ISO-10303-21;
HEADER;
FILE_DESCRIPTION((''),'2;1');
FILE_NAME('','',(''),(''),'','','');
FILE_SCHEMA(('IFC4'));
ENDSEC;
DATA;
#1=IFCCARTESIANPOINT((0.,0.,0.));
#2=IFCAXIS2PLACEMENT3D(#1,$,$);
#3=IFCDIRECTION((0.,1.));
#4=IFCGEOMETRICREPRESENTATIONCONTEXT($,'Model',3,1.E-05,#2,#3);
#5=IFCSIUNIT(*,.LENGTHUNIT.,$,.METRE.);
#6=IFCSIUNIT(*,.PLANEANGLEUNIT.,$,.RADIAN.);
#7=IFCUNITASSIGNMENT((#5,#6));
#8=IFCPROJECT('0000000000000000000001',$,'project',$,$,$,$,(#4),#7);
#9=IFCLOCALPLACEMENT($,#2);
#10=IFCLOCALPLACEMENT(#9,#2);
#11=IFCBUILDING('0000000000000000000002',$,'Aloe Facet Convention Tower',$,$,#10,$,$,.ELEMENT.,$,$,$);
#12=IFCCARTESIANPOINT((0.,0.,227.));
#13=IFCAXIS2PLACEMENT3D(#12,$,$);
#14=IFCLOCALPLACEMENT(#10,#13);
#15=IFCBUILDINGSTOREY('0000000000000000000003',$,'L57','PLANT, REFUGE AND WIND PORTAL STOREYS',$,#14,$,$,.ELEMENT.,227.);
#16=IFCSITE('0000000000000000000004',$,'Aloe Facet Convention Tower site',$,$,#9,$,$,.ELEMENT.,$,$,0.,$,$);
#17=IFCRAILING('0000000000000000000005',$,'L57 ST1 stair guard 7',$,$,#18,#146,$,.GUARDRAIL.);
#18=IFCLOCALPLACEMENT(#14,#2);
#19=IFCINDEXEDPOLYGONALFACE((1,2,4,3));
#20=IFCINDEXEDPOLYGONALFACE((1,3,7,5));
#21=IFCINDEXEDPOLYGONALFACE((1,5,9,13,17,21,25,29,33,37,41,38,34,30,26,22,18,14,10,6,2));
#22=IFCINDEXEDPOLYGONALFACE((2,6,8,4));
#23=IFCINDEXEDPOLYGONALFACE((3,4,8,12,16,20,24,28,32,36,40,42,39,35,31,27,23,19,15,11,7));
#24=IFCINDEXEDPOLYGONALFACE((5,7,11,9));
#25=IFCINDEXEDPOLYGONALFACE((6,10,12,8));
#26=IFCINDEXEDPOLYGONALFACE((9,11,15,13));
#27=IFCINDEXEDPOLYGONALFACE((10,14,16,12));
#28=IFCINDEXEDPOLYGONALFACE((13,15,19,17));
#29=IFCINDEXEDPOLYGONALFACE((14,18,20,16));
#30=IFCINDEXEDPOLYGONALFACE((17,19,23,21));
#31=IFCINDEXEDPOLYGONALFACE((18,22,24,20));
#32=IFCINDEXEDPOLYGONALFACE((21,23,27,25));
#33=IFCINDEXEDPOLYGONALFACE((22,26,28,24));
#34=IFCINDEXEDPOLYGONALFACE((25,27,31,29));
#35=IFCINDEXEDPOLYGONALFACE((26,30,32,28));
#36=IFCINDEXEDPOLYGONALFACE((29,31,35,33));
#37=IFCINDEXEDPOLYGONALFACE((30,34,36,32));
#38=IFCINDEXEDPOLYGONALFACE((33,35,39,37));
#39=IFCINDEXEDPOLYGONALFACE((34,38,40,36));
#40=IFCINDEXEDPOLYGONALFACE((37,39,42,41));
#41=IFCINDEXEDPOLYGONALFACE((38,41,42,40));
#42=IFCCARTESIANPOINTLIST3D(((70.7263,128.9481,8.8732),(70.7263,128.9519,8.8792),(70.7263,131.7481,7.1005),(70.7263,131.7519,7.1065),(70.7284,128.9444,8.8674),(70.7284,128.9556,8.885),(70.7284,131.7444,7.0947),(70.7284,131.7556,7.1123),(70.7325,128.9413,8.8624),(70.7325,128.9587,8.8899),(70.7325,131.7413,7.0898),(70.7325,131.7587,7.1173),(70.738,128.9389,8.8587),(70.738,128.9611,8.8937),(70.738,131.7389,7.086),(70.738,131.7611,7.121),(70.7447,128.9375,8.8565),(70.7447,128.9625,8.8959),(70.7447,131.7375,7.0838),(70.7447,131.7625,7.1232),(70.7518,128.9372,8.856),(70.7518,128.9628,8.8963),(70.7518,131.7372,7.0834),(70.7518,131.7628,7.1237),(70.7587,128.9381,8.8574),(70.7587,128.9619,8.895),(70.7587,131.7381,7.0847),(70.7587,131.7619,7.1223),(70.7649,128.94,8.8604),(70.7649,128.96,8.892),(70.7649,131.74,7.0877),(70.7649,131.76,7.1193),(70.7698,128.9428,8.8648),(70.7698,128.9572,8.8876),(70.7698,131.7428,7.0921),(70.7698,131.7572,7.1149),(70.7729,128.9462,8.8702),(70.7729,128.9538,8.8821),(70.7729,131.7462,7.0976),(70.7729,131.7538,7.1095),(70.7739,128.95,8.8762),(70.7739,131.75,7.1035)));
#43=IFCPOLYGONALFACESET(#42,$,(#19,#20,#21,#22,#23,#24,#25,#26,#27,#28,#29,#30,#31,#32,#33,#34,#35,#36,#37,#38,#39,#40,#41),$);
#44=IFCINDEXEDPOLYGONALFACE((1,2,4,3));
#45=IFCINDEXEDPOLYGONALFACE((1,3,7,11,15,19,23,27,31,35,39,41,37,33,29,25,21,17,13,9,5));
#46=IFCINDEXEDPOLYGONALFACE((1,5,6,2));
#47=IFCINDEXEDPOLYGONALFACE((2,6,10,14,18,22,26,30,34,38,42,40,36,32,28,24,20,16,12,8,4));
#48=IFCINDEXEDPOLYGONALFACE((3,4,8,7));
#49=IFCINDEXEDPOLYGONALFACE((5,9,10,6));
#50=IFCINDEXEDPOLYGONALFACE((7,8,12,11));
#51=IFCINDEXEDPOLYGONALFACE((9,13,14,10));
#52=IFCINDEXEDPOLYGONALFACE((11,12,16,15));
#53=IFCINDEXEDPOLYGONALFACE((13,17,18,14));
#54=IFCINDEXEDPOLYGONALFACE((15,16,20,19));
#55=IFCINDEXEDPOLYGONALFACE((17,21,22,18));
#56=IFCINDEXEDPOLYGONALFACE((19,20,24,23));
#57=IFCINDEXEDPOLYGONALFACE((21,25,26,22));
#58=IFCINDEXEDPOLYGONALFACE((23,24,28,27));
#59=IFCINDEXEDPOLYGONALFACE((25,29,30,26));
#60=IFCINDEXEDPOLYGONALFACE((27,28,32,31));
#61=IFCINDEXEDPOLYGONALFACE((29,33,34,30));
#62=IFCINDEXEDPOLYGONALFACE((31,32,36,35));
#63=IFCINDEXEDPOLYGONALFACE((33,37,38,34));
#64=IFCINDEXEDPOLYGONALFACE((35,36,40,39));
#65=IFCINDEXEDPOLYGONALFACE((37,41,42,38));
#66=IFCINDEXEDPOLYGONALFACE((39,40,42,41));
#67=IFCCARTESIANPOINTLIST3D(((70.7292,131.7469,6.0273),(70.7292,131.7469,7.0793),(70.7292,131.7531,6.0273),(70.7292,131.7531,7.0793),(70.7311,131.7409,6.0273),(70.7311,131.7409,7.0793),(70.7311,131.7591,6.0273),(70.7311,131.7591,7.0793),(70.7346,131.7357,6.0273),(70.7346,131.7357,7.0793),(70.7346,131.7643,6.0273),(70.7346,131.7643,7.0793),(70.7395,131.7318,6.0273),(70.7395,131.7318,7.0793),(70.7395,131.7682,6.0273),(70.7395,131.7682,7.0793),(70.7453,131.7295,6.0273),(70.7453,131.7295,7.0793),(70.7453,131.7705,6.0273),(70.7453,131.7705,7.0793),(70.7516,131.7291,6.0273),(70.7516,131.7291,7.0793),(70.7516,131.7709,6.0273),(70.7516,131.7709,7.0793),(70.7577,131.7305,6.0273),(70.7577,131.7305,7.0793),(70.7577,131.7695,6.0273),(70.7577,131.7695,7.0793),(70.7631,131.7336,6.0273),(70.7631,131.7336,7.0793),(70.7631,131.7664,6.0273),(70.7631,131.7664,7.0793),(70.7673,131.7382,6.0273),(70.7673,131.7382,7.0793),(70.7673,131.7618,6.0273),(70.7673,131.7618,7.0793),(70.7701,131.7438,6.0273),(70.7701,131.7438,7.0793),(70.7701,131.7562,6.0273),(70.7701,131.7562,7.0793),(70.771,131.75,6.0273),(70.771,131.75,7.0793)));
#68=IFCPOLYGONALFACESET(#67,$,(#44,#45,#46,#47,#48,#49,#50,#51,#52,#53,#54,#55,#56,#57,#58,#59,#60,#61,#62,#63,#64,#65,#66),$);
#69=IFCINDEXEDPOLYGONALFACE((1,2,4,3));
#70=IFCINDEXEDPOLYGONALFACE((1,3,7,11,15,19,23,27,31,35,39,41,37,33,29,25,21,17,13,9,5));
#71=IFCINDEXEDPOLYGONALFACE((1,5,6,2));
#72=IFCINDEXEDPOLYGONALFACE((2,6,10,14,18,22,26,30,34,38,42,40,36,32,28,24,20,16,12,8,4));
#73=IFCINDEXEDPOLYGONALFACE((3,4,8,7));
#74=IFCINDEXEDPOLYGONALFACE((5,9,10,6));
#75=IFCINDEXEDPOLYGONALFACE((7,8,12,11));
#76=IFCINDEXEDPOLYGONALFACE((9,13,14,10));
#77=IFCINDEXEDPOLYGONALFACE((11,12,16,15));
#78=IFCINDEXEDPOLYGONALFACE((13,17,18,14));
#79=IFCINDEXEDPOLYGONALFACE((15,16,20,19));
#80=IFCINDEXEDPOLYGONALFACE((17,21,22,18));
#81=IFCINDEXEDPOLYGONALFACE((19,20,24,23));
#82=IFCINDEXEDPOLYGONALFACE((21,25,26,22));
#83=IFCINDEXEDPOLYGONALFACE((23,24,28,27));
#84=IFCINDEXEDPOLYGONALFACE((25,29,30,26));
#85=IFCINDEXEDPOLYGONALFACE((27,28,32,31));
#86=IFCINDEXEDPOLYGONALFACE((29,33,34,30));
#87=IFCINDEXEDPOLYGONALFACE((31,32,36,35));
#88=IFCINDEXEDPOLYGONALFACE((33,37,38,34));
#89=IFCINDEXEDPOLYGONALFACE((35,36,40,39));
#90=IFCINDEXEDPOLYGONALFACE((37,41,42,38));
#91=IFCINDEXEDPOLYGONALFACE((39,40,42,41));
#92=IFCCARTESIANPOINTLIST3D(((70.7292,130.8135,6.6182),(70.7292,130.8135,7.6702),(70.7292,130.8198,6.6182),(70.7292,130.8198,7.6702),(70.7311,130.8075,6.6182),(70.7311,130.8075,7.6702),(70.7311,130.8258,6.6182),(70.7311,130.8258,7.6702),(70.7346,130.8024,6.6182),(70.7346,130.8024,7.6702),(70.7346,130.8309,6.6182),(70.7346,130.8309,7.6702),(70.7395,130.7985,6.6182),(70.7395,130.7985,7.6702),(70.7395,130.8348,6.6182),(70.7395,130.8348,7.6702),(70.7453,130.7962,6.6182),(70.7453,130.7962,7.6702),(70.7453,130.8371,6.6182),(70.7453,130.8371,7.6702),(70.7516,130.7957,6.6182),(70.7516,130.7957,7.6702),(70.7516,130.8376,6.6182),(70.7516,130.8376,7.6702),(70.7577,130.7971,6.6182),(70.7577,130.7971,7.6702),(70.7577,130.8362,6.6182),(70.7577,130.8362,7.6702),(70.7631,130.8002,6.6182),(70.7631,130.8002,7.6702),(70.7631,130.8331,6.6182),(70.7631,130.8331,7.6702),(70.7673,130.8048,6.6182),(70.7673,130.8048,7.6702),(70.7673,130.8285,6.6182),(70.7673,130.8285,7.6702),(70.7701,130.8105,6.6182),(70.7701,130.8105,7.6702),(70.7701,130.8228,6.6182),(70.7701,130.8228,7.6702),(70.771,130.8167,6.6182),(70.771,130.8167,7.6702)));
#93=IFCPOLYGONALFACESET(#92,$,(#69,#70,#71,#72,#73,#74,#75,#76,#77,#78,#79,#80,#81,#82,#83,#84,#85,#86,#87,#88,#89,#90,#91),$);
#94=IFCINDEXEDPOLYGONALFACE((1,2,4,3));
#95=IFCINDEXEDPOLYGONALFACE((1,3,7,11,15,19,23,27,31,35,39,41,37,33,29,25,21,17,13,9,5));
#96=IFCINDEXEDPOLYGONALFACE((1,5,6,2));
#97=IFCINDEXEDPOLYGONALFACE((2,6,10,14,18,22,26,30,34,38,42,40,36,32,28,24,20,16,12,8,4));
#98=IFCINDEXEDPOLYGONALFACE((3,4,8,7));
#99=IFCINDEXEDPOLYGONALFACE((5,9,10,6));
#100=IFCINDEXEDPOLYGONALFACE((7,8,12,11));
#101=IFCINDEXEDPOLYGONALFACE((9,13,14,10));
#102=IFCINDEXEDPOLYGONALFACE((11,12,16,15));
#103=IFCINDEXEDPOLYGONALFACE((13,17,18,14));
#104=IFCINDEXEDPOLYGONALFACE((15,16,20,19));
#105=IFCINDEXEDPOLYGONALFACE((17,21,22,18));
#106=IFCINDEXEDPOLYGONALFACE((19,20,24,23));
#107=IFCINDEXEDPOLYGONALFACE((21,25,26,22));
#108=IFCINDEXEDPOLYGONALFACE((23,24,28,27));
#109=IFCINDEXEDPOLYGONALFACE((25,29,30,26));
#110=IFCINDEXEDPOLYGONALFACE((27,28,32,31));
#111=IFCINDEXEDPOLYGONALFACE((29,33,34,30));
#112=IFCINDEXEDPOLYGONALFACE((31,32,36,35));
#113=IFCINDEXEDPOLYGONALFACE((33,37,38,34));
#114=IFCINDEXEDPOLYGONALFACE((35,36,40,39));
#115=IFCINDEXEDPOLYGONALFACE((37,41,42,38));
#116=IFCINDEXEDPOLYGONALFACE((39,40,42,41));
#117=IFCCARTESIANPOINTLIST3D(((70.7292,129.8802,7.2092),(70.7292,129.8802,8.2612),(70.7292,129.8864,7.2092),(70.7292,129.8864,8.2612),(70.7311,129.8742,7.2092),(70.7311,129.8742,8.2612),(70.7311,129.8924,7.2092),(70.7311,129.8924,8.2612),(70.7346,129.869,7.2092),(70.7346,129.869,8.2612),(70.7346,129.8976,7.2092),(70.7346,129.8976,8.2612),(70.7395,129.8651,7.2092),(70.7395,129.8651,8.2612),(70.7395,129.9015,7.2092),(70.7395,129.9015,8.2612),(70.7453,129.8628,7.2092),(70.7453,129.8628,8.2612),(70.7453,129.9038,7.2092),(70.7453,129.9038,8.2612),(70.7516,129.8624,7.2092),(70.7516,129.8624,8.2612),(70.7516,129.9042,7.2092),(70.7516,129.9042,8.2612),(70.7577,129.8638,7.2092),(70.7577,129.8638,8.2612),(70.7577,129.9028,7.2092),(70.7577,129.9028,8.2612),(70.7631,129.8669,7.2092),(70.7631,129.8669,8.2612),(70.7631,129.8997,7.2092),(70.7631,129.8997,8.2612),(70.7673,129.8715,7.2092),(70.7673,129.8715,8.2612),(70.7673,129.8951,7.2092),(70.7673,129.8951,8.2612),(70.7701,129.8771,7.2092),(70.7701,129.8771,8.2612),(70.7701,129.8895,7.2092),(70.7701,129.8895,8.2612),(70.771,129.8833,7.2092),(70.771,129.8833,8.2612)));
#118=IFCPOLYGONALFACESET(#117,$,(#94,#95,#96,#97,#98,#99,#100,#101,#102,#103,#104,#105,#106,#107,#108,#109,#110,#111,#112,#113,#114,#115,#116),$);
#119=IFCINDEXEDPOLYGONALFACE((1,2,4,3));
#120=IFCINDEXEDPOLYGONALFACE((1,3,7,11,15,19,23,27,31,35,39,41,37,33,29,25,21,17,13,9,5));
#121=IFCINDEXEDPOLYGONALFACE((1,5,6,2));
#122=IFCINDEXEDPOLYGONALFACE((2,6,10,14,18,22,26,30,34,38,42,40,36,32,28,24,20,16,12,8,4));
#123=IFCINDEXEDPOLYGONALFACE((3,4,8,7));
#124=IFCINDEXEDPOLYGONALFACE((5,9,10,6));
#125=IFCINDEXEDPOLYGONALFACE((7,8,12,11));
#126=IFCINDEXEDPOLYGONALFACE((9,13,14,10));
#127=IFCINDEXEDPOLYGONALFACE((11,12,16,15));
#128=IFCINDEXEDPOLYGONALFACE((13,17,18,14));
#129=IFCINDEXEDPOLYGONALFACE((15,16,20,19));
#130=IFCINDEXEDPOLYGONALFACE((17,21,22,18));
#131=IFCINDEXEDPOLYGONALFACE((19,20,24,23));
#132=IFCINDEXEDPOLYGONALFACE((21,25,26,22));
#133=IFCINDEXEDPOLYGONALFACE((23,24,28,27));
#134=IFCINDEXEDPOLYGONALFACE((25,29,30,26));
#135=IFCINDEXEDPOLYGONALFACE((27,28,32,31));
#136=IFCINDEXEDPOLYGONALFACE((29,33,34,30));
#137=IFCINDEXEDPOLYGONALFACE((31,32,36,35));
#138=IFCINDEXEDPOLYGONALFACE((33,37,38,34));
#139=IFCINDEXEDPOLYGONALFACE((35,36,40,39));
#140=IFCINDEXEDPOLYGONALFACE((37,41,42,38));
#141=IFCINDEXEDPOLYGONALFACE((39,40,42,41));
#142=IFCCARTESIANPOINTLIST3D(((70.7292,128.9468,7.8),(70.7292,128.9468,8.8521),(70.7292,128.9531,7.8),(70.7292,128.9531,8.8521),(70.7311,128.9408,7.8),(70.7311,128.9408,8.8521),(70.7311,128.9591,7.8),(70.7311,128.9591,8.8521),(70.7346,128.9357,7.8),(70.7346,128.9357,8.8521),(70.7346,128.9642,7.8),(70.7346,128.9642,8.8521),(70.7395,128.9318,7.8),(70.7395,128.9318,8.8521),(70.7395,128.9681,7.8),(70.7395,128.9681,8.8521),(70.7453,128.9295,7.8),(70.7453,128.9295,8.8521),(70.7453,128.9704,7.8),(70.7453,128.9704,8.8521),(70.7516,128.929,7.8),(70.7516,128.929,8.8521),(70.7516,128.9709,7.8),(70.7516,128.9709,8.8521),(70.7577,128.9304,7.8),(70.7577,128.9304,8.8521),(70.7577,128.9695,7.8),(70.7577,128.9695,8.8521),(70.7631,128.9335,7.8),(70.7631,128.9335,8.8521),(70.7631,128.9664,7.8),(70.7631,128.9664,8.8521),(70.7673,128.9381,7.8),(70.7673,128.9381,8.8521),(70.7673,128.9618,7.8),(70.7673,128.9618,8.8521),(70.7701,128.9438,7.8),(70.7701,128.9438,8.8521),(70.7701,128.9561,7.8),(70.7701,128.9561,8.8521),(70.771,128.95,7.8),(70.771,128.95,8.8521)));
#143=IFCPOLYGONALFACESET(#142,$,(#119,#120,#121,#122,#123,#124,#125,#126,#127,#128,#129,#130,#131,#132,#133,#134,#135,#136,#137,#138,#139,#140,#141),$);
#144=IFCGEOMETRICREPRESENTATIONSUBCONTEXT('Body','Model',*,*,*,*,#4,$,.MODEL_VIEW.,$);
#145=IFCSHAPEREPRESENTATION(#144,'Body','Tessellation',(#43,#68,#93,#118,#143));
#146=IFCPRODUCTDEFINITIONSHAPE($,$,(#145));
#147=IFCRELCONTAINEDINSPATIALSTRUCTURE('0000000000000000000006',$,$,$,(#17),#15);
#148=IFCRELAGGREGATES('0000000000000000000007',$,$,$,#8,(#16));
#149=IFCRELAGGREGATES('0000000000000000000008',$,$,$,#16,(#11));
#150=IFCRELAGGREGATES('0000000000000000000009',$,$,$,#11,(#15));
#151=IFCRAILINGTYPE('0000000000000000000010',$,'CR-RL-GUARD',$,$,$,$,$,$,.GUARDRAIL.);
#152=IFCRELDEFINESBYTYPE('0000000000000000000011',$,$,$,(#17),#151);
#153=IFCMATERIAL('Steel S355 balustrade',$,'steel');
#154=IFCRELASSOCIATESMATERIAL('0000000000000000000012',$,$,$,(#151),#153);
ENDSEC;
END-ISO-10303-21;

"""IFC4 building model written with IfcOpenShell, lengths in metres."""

from ifc_helpers import new_model, si_unit, direction, frame, origin, origin_2d, place, context, subcontext, project, spatial, circle, extrude, material, type_object, element, save


model = new_model("IFC4")

# Units and contexts
model_context = context("Model", 3, precision=1e-05, world=origin(), true_north=direction((0.0, 1.0)))
body_context = subcontext(model_context, "Body", "Model", "MODEL_VIEW")
ifc_project = project(units=[si_unit("LENGTHUNIT", "METRE"), si_unit("PLANEANGLEUNIT", "RADIAN")], contexts=[model_context])

# Site, building, storey
site_placement = place(None, origin())
site = spatial("IfcSite", under=ifc_project, at=site_placement, Name="Aloe Facet Convention Tower site", CompositionType="ELEMENT", RefElevation=0.0)
building_placement = place(site_placement, origin())
building = spatial("IfcBuilding", under=site, at=building_placement, Name="Aloe Facet Convention Tower", CompositionType="ELEMENT")
storey_placement = place(building_placement, frame((0.0, 0.0, 227.0)))
storey = spatial("IfcBuildingStorey", under=building, at=storey_placement, Name="L57", Description="PLANT, REFUGE AND WIND PORTAL STOREYS", CompositionType="ELEMENT", Elevation=227.0)

# Railing
ifc_material_1 = material(Name="Steel S355 balustrade", Category="steel")
railing_type_1 = type_object("IfcRailingType", Name="CR-RL-GUARD", PredefinedType="GUARDRAIL", material=ifc_material_1)
railing_1_placement = place(storey_placement, frame((70.75, 131.75, 6.0273)))
element("IfcRailing", 1, at=railing_1_placement, inside=storey, type_object=railing_type_1, Name="L57 ST1 stair guard 7", PredefinedType="GUARDRAIL", context=body_context, shape_type="SweptSolid", body=[
    extrude(circle(Radius=0.0239, at=origin_2d()), frame((0.0, 0.0, 1.0762), z_axis=(0.0, -0.844909, 0.53491), x_axis=(1.0, 0.0, 0.0)), (0.0, 0.0, 1.0), 3.314),
    extrude(circle(Radius=0.021, at=origin_2d()), origin(), (0.0, 0.0, 1.0), 1.052),
    extrude(circle(Radius=0.021, at=origin_2d()), frame((0.0, -0.9333, 0.5908)), (0.0, 0.0, 1.0), 1.052),
    extrude(circle(Radius=0.021, at=origin_2d()), frame((0.0, -1.8667, 1.1819)), (0.0, 0.0, 1.0), 1.052),
    extrude(circle(Radius=0.021, at=origin_2d()), frame((0.0, -2.8, 1.7727)), (0.0, 0.0, 1.0), 1.052),
])

save(model, "model.ifc")
